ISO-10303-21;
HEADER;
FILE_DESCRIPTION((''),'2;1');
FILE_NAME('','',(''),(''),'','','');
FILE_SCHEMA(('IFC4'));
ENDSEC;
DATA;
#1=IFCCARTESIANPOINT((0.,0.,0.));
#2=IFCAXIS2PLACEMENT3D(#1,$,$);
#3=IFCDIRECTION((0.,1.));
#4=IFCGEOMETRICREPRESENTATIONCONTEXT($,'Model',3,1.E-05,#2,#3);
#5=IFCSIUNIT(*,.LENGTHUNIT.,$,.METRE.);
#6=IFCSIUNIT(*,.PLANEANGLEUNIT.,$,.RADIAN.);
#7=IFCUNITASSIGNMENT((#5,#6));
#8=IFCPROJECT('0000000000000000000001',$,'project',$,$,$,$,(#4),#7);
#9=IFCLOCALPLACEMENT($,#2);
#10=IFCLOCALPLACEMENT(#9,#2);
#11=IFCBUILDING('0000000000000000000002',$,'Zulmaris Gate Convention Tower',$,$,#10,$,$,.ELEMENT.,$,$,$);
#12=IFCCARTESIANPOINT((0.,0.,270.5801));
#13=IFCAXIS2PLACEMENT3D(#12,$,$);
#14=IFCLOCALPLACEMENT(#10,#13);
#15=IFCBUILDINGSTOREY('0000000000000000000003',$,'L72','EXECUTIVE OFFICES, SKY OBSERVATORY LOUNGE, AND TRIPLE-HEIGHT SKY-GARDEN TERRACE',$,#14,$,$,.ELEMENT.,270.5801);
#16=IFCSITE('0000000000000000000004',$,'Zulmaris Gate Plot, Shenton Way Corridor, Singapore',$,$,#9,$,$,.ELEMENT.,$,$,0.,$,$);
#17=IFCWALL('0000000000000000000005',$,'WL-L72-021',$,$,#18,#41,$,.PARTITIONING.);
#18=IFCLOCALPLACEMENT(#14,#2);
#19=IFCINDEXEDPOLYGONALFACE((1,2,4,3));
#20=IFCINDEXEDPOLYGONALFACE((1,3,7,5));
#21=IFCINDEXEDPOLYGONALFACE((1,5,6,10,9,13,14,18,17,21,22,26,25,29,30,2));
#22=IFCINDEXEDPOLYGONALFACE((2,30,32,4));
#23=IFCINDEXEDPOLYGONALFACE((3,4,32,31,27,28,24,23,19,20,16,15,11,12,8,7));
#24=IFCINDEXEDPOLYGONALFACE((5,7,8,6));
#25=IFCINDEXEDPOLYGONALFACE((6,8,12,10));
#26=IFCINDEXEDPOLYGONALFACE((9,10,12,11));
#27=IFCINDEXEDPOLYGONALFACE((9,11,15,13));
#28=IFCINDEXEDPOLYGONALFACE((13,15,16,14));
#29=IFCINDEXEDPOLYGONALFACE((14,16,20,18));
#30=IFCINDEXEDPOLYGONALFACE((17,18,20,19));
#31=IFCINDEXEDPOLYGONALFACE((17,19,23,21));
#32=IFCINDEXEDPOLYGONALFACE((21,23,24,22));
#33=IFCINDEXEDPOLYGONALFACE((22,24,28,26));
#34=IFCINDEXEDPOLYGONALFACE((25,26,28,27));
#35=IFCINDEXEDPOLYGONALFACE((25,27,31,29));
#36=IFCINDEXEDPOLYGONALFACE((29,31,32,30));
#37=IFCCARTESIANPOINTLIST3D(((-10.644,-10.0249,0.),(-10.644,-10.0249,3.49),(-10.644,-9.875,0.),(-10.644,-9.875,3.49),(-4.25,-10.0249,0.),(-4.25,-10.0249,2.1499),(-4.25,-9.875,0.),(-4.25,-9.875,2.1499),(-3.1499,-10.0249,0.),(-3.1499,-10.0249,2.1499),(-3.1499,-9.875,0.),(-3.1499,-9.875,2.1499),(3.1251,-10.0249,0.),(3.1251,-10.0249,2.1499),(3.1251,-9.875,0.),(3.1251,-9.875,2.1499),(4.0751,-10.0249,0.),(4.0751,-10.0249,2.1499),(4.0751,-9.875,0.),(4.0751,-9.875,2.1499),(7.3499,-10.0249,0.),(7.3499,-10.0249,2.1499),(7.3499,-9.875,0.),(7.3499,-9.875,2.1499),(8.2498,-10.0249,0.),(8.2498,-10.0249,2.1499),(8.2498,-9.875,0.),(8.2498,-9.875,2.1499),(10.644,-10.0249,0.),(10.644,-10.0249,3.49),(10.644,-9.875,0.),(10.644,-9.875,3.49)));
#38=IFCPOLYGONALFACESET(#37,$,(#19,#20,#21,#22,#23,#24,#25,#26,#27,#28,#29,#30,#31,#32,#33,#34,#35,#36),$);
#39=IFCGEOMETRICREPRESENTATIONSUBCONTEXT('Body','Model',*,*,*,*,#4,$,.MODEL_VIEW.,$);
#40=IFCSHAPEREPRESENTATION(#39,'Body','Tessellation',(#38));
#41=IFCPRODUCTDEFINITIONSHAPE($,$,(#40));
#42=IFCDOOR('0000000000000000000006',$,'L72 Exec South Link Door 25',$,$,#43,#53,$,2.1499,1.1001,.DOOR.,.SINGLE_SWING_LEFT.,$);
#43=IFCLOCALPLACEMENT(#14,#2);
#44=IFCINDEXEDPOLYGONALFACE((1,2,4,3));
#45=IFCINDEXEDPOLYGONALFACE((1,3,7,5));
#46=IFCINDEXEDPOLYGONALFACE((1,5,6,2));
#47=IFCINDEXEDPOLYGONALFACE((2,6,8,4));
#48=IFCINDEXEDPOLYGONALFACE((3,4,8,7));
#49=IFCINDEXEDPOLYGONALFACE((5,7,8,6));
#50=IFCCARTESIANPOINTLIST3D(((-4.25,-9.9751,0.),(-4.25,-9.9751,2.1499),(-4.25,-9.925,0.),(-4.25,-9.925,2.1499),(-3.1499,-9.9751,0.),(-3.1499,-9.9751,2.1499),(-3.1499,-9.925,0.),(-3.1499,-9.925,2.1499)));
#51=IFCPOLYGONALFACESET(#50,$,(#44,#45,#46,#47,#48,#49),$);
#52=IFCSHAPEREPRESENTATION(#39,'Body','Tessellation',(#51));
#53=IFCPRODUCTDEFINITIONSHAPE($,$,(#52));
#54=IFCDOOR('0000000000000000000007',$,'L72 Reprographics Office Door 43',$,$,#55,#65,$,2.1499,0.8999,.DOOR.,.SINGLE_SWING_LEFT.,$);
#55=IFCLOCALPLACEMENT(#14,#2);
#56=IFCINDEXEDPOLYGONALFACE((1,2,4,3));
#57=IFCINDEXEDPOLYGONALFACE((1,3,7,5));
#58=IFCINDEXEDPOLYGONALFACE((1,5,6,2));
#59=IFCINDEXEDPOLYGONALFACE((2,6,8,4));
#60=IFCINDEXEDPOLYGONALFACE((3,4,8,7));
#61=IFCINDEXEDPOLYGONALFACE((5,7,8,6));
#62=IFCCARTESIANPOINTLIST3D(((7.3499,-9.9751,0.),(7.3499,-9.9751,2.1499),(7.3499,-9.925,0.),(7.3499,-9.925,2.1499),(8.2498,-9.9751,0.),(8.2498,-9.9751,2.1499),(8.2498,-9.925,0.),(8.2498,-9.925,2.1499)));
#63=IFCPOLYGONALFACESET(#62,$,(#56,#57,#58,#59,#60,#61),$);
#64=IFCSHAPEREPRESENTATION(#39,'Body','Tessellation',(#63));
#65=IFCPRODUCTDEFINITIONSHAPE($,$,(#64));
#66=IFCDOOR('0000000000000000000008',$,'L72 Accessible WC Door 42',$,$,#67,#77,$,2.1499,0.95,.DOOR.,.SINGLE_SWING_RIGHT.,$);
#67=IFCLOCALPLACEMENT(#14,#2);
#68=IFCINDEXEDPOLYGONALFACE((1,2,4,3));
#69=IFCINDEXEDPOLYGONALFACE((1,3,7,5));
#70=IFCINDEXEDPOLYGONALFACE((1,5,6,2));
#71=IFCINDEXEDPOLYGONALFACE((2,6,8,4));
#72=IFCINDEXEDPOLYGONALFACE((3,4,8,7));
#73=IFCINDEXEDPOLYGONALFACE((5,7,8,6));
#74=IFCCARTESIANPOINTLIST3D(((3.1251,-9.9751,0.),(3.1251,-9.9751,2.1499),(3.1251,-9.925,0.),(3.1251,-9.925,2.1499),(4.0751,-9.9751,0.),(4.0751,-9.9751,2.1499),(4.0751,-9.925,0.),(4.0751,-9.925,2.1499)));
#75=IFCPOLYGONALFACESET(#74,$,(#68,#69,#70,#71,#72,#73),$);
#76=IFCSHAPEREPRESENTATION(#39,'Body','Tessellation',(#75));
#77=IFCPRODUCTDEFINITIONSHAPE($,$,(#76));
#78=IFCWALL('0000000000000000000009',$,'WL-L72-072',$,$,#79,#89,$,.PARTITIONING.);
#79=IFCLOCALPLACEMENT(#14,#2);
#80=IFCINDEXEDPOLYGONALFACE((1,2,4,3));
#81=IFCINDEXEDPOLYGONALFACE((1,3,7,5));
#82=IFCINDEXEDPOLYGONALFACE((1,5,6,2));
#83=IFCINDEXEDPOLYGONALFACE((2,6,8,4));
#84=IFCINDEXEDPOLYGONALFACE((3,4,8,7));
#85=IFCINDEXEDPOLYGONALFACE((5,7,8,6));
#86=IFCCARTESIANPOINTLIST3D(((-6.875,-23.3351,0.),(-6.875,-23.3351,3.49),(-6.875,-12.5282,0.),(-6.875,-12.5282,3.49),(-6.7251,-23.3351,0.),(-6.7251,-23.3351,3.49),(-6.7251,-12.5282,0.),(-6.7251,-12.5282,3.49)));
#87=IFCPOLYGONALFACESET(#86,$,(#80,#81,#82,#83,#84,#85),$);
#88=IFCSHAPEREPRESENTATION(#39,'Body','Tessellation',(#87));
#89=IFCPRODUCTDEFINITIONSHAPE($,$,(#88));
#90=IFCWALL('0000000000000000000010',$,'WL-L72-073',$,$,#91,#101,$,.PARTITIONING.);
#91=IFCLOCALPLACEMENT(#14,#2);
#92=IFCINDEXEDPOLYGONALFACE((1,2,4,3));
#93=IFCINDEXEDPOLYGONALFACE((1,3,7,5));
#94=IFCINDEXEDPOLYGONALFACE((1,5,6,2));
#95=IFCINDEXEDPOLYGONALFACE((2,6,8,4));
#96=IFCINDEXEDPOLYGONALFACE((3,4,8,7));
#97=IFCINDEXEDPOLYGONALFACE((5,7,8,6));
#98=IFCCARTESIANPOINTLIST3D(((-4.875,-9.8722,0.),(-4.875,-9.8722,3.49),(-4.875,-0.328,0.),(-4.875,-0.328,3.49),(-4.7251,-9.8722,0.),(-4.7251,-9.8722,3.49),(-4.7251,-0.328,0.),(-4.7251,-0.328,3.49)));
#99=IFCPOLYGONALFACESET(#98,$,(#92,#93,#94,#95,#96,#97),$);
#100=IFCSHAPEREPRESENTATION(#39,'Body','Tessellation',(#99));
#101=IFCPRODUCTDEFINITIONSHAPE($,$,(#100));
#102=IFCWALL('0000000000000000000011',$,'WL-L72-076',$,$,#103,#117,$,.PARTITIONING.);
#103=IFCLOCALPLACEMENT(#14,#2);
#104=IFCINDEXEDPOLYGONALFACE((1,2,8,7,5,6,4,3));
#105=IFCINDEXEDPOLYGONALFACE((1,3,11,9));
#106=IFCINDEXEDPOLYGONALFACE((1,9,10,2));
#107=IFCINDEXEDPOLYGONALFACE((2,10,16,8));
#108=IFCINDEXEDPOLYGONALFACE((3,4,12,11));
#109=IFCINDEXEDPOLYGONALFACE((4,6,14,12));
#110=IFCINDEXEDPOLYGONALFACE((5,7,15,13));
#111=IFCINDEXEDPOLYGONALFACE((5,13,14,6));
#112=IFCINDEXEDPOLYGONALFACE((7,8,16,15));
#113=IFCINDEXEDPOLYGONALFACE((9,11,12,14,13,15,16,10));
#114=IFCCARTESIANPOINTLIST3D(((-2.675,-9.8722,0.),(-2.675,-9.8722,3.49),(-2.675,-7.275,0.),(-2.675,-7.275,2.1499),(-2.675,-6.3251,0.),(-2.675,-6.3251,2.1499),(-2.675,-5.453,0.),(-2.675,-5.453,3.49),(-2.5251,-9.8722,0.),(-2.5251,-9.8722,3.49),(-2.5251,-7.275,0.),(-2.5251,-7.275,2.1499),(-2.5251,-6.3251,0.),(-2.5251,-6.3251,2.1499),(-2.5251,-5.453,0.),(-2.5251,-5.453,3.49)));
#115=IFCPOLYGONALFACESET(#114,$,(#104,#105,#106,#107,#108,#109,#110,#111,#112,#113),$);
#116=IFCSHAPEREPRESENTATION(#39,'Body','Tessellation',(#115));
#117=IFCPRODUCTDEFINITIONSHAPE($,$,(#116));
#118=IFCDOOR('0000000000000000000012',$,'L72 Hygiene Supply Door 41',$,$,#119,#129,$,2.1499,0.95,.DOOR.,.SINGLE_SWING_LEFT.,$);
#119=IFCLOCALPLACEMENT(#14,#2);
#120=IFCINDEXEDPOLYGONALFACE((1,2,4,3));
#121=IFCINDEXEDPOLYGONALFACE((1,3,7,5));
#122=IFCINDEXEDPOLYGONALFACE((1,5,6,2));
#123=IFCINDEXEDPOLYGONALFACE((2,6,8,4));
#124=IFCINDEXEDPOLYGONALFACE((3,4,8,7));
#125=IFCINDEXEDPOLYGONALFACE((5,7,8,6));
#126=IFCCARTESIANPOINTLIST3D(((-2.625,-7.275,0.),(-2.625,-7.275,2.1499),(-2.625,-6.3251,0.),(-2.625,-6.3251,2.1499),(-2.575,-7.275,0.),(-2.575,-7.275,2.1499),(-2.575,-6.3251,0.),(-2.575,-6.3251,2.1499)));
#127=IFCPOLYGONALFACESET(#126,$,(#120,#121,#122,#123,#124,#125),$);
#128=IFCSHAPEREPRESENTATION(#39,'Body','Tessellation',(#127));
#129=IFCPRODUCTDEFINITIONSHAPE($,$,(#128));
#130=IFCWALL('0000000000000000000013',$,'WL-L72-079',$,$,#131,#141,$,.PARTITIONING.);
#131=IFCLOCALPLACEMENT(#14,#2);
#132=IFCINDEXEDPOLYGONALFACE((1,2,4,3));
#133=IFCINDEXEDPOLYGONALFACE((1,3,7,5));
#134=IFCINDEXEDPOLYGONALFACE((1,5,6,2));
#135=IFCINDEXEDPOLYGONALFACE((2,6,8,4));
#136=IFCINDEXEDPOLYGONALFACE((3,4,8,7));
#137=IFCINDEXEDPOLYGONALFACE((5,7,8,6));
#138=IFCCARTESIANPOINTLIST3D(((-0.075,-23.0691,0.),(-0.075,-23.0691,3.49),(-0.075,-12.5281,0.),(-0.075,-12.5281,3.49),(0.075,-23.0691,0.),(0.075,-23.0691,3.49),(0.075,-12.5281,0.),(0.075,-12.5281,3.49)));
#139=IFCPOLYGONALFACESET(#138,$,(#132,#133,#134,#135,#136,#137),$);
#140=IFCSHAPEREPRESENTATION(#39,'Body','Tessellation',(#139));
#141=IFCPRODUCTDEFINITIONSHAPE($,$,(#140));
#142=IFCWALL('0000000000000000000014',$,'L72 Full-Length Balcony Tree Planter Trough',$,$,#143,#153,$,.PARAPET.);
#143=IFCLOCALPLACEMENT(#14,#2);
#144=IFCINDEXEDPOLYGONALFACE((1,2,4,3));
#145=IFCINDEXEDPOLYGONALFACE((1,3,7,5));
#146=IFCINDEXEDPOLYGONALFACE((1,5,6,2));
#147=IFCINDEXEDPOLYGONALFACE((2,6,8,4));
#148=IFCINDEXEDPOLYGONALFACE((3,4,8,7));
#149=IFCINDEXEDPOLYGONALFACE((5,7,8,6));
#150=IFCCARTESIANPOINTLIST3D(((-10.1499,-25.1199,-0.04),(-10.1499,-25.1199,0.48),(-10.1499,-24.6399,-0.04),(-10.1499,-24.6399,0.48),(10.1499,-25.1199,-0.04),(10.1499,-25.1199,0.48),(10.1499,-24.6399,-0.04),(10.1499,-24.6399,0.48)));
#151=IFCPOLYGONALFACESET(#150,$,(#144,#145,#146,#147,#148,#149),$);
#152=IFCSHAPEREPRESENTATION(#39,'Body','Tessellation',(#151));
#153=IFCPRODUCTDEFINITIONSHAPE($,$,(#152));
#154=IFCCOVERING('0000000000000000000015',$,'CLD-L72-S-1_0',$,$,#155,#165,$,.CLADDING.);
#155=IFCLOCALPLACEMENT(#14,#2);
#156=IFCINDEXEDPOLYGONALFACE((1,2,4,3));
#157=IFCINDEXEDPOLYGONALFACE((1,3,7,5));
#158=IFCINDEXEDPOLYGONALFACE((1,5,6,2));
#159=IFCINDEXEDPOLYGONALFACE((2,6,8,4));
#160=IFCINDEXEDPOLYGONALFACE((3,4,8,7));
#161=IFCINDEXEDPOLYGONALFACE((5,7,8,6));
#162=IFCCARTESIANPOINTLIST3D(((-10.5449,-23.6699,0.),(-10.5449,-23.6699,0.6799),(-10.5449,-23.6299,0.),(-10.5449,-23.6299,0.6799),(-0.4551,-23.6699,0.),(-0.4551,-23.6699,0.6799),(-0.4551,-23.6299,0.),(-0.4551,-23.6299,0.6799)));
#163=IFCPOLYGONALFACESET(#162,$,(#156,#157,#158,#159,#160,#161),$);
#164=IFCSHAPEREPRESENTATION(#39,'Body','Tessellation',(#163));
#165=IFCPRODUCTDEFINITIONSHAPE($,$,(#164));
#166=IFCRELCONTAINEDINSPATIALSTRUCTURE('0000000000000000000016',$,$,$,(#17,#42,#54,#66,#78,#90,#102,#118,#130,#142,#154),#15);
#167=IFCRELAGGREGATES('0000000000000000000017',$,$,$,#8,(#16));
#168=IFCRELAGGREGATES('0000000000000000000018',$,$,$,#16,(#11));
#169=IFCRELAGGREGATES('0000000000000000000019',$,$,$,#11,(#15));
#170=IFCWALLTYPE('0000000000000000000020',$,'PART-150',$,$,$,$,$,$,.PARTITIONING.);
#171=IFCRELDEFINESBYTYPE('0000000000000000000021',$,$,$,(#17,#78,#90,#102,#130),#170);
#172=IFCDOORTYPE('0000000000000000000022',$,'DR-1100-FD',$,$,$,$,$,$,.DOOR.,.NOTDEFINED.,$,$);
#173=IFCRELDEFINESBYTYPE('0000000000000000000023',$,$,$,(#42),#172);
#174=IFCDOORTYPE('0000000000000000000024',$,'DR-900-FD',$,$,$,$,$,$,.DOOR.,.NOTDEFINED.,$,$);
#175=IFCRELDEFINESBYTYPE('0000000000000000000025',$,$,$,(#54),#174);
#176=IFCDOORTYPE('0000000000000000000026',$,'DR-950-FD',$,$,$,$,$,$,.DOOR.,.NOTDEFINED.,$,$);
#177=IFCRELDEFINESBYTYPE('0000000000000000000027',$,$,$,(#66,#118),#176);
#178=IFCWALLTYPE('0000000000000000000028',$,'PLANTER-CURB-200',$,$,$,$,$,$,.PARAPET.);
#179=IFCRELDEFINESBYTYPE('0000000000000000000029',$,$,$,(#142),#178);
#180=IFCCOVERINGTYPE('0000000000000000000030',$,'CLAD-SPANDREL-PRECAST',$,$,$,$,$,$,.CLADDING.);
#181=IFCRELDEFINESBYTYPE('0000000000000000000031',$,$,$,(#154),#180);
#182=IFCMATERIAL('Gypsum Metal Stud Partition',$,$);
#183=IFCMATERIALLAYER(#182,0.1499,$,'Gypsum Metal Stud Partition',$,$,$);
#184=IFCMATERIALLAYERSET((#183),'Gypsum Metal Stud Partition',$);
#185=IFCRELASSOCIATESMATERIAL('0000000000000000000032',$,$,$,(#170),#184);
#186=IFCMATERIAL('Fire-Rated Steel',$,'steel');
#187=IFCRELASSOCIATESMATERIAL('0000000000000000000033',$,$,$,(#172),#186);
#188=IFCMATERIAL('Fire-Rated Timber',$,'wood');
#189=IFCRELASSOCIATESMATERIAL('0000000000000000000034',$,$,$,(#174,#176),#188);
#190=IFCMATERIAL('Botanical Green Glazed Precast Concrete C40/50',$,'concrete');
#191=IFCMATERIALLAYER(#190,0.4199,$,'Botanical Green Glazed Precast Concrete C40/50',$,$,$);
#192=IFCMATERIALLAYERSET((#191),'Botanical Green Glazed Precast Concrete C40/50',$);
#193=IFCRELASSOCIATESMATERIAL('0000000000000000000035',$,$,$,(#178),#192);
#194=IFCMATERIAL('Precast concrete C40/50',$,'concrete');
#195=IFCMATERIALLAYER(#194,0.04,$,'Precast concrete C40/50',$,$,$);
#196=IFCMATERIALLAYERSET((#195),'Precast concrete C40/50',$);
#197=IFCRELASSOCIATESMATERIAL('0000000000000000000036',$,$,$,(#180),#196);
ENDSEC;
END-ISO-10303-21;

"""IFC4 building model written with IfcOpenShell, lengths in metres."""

from ifc_helpers import new_model, si_unit, direction, frame, frame_2d, origin, place, context, subcontext, project, spatial, rectangle, extrude, material, layer, layer_set, type_object, element, fill, save


model = new_model("IFC4")

# Units and contexts
model_context = context("Model", 3, precision=1e-05, world=origin(), true_north=direction((0.0, 1.0)))
body_context = subcontext(model_context, "Body", "Model", "MODEL_VIEW")
ifc_project = project(units=[si_unit("LENGTHUNIT", "METRE"), si_unit("PLANEANGLEUNIT", "RADIAN")], contexts=[model_context])

# Site, building, storey
site_placement = place(None, origin())
site = spatial("IfcSite", under=ifc_project, at=site_placement, Name="Zulmaris Gate Plot, Shenton Way Corridor, Singapore", CompositionType="ELEMENT", RefElevation=0.0)
building_placement = place(site_placement, origin())
building = spatial("IfcBuilding", under=site, at=building_placement, Name="Zulmaris Gate Convention Tower", CompositionType="ELEMENT")
storey_placement = place(building_placement, frame((0.0, 0.0, 270.5801)))
storey = spatial("IfcBuildingStorey", under=building, at=storey_placement, Name="L72", Description="EXECUTIVE OFFICES, SKY OBSERVATORY LOUNGE, AND TRIPLE-HEIGHT SKY-GARDEN TERRACE", CompositionType="ELEMENT", Elevation=270.5801)

# Wall, openings, doors
ifc_material_1 = material(Name="Gypsum Metal Stud Partition")
ifc_layer_1 = layer(ifc_material_1, 0.1499, Name="Gypsum Metal Stud Partition")
ifc_layer_set_1 = layer_set([ifc_layer_1], Name="Gypsum Metal Stud Partition")
wall_type_1 = type_object("IfcWallType", Name="PART-150", PredefinedType="PARTITIONING", material=ifc_layer_set_1)
wall_1_placement = place(storey_placement, frame((-10.644, -9.95, 0.0), z_axis=(0.0, 0.0, 1.0), x_axis=(1.0, 0.0, 0.0)))
wall_1 = element("IfcWall", 1, at=wall_1_placement, inside=storey, type_object=wall_type_1, Name="WL-L72-021", PredefinedType="PARTITIONING", context=body_context, shape_type="SweptSolid", body=[
    extrude(rectangle(XDim=21.2881, YDim=0.1499, at=frame_2d((10.644, 0.0))), origin(), (0.0, 0.0, 1.0), 3.49),
])
opening_1_placement = place(wall_1_placement, frame((6.394, 0.0, 0.0)))
opening_1 = element("IfcOpeningElement", 2, at=opening_1_placement, cuts=wall_1, PredefinedType="OPENING", context=body_context, shape_type="SweptSolid", body=[
    extrude(rectangle(XDim=1.1001, YDim=2.1499, at=frame_2d((0.55, 1.075))), frame((0.0, 0.085, 0.0), z_axis=(0.0, -1.0, 0.0), x_axis=(1.0, 0.0, 0.0)), (0.0, 0.0, 1.0), 0.1699),
])
opening_2_placement = place(wall_1_placement, frame((13.769, 0.0, 0.0)))
opening_2 = element("IfcOpeningElement", 3, at=opening_2_placement, cuts=wall_1, PredefinedType="OPENING", context=body_context, shape_type="SweptSolid", body=[
    extrude(rectangle(XDim=0.95, YDim=2.1499, at=frame_2d((0.4751, 1.075))), frame((0.0, 0.085, 0.0), z_axis=(0.0, -1.0, 0.0), x_axis=(1.0, 0.0, 0.0)), (0.0, 0.0, 1.0), 0.1699),
])
opening_3_placement = place(wall_1_placement, frame((17.9939, 0.0, 0.0)))
opening_3 = element("IfcOpeningElement", 4, at=opening_3_placement, cuts=wall_1, PredefinedType="OPENING", context=body_context, shape_type="SweptSolid", body=[
    extrude(rectangle(XDim=0.8999, YDim=2.1499, at=frame_2d((0.45, 1.075))), frame((0.0, 0.085, 0.0), z_axis=(0.0, -1.0, 0.0), x_axis=(1.0, 0.0, 0.0)), (0.0, 0.0, 1.0), 0.1699),
])
ifc_material_2 = material(Name="Fire-Rated Steel", Category="steel")
door_type_1 = type_object("IfcDoorType", Name="DR-1100-FD", OperationType="NOTDEFINED", PredefinedType="DOOR", material=ifc_material_2)
door_1_placement = place(opening_1_placement, origin())
door_1 = element("IfcDoor", 5, at=door_1_placement, inside=storey, type_object=door_type_1, Name="L72 Exec South Link Door 25", OperationType="SINGLE_SWING_LEFT", OverallHeight=2.1499, OverallWidth=1.1001, PredefinedType="DOOR", context=body_context, shape_type="SweptSolid", body=[
    extrude(rectangle(XDim=1.1001, YDim=2.1499, at=frame_2d((0.55, 1.075))), frame((0.0, 0.0249, 0.0), z_axis=(0.0, -1.0, 0.0), x_axis=(1.0, 0.0, 0.0)), (0.0, 0.0, 1.0), 0.05),
])
fill(opening_1, door_1)
ifc_material_3 = material(Name="Fire-Rated Timber", Category="wood")
door_type_2 = type_object("IfcDoorType", Name="DR-900-FD", OperationType="NOTDEFINED", PredefinedType="DOOR", material=ifc_material_3)
door_2_placement = place(opening_3_placement, origin())
door_2 = element("IfcDoor", 6, at=door_2_placement, inside=storey, type_object=door_type_2, Name="L72 Reprographics Office Door 43", OperationType="SINGLE_SWING_LEFT", OverallHeight=2.1499, OverallWidth=0.8999, PredefinedType="DOOR", context=body_context, shape_type="SweptSolid", body=[
    extrude(rectangle(XDim=0.8999, YDim=2.1499, at=frame_2d((0.45, 1.075))), frame((0.0, 0.0249, 0.0), z_axis=(0.0, -1.0, 0.0), x_axis=(1.0, 0.0, 0.0)), (0.0, 0.0, 1.0), 0.05),
])
fill(opening_3, door_2)
door_type_3 = type_object("IfcDoorType", Name="DR-950-FD", OperationType="NOTDEFINED", PredefinedType="DOOR", material=ifc_material_3)
door_3_placement = place(opening_2_placement, origin())
door_3 = element("IfcDoor", 7, at=door_3_placement, inside=storey, type_object=door_type_3, Name="L72 Accessible WC Door 42", OperationType="SINGLE_SWING_RIGHT", OverallHeight=2.1499, OverallWidth=0.95, PredefinedType="DOOR", context=body_context, shape_type="SweptSolid", body=[
    extrude(rectangle(XDim=0.95, YDim=2.1499, at=frame_2d((0.4751, 1.075))), frame((0.0, 0.0249, 0.0), z_axis=(0.0, -1.0, 0.0), x_axis=(1.0, 0.0, 0.0)), (0.0, 0.0, 1.0), 0.05),
])
fill(opening_2, door_3)

# Walls
wall_2_placement = place(storey_placement, frame((-6.8, -23.335, 0.0), z_axis=(0.0, 0.0, 1.0), x_axis=(0.0, 1.0, 0.0)))
element("IfcWall", 8, at=wall_2_placement, inside=storey, type_object=wall_type_1, Name="WL-L72-072", PredefinedType="PARTITIONING", context=body_context, shape_type="SweptSolid", body=[
    extrude(rectangle(XDim=10.8069, YDim=0.1499, at=frame_2d((5.4033, 0.0))), origin(), (0.0, 0.0, 1.0), 3.49),
])
wall_3_placement = place(storey_placement, frame((-4.8, -9.8721, 0.0), z_axis=(0.0, 0.0, 1.0), x_axis=(0.0, 1.0, 0.0)))
element("IfcWall", 9, at=wall_3_placement, inside=storey, type_object=wall_type_1, Name="WL-L72-073", PredefinedType="PARTITIONING", context=body_context, shape_type="SweptSolid", body=[
    extrude(rectangle(XDim=9.5442, YDim=0.1499, at=frame_2d((4.772, 0.0))), origin(), (0.0, 0.0, 1.0), 3.49),
])

# Wall, opening, door
wall_4_placement = place(storey_placement, frame((-2.6001, -9.8721, 0.0), z_axis=(0.0, 0.0, 1.0), x_axis=(0.0, 1.0, 0.0)))
wall_4 = element("IfcWall", 10, at=wall_4_placement, inside=storey, type_object=wall_type_1, Name="WL-L72-076", PredefinedType="PARTITIONING", context=body_context, shape_type="SweptSolid", body=[
    extrude(rectangle(XDim=4.4192, YDim=0.1499, at=frame_2d((2.2095, 0.0))), origin(), (0.0, 0.0, 1.0), 3.49),
])
opening_4_placement = place(wall_4_placement, frame((2.5969, 0.0, 0.0)))
opening_4 = element("IfcOpeningElement", 11, at=opening_4_placement, cuts=wall_4, PredefinedType="OPENING", context=body_context, shape_type="SweptSolid", body=[
    extrude(rectangle(XDim=0.95, YDim=2.1499, at=frame_2d((0.4751, 1.075))), frame((0.0, 0.085, 0.0), z_axis=(0.0, -1.0, 0.0), x_axis=(1.0, 0.0, 0.0)), (0.0, 0.0, 1.0), 0.1699),
])
door_4_placement = place(opening_4_placement, origin())
door_4 = element("IfcDoor", 12, at=door_4_placement, inside=storey, type_object=door_type_3, Name="L72 Hygiene Supply Door 41", OperationType="SINGLE_SWING_LEFT", OverallHeight=2.1499, OverallWidth=0.95, PredefinedType="DOOR", context=body_context, shape_type="SweptSolid", body=[
    extrude(rectangle(XDim=0.95, YDim=2.1499, at=frame_2d((0.4751, 1.075))), frame((0.0, 0.0249, 0.0), z_axis=(0.0, -1.0, 0.0), x_axis=(1.0, 0.0, 0.0)), (0.0, 0.0, 1.0), 0.05),
])
fill(opening_4, door_4)

# Walls
wall_5_placement = place(storey_placement, frame((0.0, -23.0691, 0.0), z_axis=(0.0, 0.0, 1.0), x_axis=(0.0, 1.0, 0.0)))
element("IfcWall", 13, at=wall_5_placement, inside=storey, type_object=wall_type_1, Name="WL-L72-079", PredefinedType="PARTITIONING", context=body_context, shape_type="SweptSolid", body=[
    extrude(rectangle(XDim=10.541, YDim=0.1499, at=frame_2d((5.2705, 0.0))), origin(), (0.0, 0.0, 1.0), 3.49),
])
ifc_material_4 = material(Name="Botanical Green Glazed Precast Concrete C40/50", Category="concrete")
ifc_layer_2 = layer(ifc_material_4, 0.4199, Name="Botanical Green Glazed Precast Concrete C40/50")
ifc_layer_set_2 = layer_set([ifc_layer_2], Name="Botanical Green Glazed Precast Concrete C40/50")
wall_type_2 = type_object("IfcWallType", Name="PLANTER-CURB-200", PredefinedType="PARAPET", material=ifc_layer_set_2)
wall_6_placement = place(storey_placement, frame((-10.1499, -24.8799, -0.04), z_axis=(0.0, 0.0, 1.0), x_axis=(1.0, 0.0, 0.0)))
element("IfcWall", 14, at=wall_6_placement, inside=storey, type_object=wall_type_2, Name="L72 Full-Length Balcony Tree Planter Trough", PredefinedType="PARAPET", context=body_context, shape_type="SweptSolid", body=[
    extrude(rectangle(XDim=20.2998, YDim=0.48, at=frame_2d((10.1499, 0.0))), origin(), (0.0, 0.0, 1.0), 0.52),
])

# Shared definitions
ifc_material_5 = material(Name="Precast concrete C40/50", Category="concrete")

# Covering
ifc_layer_3 = layer(ifc_material_5, 0.04, Name="Precast concrete C40/50")
ifc_layer_set_3 = layer_set([ifc_layer_3], Name="Precast concrete C40/50")
covering_type = type_object("IfcCoveringType", Name="CLAD-SPANDREL-PRECAST", PredefinedType="CLADDING", material=ifc_layer_set_3)
covering_placement = place(storey_placement, frame((-10.5449, -23.6499, 0.0), z_axis=(0.0, 0.0, 1.0), x_axis=(1.0, 0.0, 0.0)))
element("IfcCovering", 15, at=covering_placement, inside=storey, type_object=covering_type, Name="CLD-L72-S-1_0", PredefinedType="CLADDING", context=body_context, shape_type="SweptSolid", body=[
    extrude(rectangle(XDim=10.0898, YDim=0.04, at=frame_2d((5.0449, 0.0))), origin(), (0.0, 0.0, 1.0), 0.6799),
])

save(model, "model.ifc")
